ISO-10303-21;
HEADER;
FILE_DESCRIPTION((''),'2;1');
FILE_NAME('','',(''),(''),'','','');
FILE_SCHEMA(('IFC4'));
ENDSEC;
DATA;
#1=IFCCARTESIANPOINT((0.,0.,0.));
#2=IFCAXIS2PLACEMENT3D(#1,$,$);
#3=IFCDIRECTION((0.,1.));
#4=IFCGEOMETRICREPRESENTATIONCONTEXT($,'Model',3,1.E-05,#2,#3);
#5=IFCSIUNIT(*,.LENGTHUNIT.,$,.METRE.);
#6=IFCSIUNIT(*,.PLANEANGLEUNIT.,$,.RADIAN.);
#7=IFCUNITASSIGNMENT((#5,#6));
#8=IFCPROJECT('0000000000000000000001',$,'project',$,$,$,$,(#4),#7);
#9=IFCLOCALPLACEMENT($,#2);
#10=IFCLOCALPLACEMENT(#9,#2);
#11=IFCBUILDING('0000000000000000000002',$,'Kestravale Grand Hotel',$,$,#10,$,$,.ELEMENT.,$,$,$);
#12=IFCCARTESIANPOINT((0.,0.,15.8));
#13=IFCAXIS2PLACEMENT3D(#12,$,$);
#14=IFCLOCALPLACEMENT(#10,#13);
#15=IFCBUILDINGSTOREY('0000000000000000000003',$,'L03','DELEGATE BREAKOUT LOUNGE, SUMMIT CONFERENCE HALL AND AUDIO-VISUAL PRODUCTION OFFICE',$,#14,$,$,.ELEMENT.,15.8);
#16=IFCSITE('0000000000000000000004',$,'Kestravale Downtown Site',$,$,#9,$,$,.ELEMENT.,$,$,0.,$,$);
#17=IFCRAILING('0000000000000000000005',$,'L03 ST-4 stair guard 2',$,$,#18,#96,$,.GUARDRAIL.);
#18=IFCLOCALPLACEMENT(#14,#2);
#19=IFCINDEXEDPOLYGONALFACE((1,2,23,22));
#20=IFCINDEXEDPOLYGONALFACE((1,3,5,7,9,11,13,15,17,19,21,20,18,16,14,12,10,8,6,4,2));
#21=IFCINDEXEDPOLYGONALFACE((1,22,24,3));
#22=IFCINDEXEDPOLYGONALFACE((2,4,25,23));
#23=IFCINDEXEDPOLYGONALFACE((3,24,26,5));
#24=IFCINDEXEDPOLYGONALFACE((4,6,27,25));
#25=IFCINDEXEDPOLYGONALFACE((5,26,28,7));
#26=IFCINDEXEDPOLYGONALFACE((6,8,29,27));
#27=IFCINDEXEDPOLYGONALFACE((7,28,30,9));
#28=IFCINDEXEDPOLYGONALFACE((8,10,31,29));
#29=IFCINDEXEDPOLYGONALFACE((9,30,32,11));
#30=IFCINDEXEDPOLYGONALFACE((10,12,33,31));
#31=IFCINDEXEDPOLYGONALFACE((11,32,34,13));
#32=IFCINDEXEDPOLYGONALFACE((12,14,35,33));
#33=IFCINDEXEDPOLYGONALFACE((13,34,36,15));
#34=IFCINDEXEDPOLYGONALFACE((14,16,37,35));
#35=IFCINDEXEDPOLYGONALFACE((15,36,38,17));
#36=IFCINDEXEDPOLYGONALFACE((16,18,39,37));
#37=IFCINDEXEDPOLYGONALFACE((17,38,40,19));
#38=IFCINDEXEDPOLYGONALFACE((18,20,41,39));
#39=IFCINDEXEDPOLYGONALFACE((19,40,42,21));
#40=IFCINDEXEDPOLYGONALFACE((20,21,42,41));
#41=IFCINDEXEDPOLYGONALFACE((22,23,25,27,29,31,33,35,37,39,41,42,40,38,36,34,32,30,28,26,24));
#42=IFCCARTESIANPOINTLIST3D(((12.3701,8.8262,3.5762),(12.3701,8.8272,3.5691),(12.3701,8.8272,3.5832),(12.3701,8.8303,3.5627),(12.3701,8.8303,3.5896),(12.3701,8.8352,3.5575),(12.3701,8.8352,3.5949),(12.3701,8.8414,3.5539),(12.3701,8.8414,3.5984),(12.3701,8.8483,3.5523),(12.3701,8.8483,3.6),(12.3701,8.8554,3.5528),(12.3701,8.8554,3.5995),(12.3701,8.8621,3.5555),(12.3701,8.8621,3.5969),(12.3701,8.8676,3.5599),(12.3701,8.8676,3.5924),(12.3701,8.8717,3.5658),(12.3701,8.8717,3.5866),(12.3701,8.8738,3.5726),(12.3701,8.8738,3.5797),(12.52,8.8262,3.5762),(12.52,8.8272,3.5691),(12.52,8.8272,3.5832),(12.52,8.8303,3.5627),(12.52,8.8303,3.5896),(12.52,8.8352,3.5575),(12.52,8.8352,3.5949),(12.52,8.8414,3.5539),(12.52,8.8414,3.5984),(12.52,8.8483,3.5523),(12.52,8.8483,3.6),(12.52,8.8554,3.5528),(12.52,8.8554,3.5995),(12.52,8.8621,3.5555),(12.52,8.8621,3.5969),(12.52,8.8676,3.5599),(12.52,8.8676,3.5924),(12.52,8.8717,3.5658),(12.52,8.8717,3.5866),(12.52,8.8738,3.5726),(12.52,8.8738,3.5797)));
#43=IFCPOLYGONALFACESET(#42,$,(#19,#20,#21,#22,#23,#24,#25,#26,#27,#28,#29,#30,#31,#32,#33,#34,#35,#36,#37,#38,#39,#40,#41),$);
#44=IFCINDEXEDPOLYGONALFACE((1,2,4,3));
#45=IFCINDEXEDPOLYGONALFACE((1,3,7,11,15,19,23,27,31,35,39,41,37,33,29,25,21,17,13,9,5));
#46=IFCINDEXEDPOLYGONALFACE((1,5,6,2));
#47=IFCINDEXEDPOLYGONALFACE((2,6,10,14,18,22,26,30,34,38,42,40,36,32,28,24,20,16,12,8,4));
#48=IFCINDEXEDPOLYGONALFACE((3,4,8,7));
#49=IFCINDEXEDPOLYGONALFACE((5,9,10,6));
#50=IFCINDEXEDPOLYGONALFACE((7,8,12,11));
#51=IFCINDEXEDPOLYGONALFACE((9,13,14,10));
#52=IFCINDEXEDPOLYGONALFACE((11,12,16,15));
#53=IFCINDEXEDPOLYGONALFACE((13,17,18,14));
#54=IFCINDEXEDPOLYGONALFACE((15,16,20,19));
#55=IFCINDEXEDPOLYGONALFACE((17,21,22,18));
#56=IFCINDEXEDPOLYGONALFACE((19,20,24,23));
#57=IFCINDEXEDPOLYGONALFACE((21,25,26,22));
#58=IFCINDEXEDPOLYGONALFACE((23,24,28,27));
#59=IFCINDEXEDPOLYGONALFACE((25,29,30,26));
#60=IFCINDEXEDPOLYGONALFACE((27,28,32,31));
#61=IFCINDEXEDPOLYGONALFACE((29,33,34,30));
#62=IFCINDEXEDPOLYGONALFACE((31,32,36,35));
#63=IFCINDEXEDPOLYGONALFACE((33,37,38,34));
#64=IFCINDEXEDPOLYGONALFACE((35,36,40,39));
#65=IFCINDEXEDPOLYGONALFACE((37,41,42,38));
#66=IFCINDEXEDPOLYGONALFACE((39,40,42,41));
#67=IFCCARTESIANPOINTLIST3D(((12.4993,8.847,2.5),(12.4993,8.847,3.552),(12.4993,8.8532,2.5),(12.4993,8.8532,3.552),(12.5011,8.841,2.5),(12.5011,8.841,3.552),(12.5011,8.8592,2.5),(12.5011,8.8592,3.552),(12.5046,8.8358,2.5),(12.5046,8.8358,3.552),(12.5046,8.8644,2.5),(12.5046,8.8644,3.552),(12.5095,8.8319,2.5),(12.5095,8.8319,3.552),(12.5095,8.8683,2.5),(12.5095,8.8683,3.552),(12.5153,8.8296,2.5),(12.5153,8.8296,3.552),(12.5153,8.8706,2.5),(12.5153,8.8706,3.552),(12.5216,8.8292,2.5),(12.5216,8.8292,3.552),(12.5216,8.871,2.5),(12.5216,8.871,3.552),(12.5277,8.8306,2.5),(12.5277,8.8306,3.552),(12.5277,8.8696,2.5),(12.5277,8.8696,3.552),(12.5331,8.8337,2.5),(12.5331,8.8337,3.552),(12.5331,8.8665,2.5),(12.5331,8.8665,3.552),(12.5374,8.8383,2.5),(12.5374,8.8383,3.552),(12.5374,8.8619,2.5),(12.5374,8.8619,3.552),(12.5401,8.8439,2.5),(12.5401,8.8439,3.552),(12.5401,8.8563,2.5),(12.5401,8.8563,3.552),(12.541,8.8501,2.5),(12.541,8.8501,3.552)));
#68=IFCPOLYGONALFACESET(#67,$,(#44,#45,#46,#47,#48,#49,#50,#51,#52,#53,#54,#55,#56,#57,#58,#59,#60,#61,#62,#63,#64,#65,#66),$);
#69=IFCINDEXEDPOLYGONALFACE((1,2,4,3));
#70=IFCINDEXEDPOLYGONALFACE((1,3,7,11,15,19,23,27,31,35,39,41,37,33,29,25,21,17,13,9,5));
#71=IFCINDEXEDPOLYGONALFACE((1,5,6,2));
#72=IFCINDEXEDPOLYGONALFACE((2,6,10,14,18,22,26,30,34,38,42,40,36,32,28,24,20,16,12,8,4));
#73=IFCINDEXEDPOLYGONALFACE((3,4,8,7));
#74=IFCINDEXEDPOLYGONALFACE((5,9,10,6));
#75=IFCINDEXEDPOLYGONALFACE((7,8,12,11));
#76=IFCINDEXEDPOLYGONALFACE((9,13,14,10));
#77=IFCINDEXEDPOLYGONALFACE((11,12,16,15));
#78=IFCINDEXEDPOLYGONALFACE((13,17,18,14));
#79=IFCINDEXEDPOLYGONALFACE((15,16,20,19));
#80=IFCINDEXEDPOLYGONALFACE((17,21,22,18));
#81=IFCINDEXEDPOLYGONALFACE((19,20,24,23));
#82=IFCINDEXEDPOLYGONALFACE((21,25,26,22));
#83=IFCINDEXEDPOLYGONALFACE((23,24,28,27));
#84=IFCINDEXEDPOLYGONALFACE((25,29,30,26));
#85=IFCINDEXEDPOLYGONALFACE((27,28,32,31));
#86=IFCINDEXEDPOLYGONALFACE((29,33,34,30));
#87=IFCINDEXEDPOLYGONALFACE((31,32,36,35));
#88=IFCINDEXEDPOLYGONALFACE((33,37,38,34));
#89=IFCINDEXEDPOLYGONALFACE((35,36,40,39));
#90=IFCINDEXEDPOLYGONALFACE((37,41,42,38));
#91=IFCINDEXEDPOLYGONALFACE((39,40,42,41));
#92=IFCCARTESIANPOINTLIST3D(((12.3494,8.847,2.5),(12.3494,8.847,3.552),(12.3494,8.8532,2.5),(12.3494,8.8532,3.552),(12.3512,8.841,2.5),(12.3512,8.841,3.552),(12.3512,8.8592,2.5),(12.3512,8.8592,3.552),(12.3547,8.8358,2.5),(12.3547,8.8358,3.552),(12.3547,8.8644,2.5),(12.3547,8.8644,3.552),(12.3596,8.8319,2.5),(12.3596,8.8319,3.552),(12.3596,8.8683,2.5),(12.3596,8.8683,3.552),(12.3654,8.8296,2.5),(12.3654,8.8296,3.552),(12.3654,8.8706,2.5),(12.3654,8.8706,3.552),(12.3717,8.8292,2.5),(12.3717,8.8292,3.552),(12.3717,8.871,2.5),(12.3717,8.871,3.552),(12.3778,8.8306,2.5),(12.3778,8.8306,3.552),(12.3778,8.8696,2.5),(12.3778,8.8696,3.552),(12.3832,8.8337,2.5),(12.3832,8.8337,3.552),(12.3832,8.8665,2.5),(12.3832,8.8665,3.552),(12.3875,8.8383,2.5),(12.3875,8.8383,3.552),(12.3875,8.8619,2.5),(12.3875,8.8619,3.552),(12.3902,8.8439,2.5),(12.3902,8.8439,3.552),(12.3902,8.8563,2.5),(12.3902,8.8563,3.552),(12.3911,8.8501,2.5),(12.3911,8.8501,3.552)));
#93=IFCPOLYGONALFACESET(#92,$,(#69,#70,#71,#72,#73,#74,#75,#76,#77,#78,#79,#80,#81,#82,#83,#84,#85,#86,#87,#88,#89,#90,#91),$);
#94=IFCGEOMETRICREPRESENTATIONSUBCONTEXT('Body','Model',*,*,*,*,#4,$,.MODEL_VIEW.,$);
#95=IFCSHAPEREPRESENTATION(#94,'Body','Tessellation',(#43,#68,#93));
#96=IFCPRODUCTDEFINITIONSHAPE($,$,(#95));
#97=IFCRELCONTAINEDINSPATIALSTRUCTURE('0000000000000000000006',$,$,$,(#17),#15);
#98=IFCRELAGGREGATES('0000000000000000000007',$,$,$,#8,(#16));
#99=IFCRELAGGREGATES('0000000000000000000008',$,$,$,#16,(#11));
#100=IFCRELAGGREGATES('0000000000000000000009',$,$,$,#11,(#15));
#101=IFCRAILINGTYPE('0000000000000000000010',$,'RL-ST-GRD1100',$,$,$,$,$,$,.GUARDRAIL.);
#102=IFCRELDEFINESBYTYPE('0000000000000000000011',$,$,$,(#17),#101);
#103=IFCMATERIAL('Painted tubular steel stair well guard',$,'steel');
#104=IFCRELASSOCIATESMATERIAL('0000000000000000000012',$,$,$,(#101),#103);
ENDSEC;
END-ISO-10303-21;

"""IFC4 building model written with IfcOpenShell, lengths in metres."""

from ifc_helpers import new_model, si_unit, direction, frame, origin, origin_2d, place, context, subcontext, project, spatial, circle, extrude, material, type_object, element, save


model = new_model("IFC4")

# Units and contexts
model_context = context("Model", 3, precision=1e-05, world=origin(), true_north=direction((0.0, 1.0)))
body_context = subcontext(model_context, "Body", "Model", "MODEL_VIEW")
ifc_project = project(units=[si_unit("LENGTHUNIT", "METRE"), si_unit("PLANEANGLEUNIT", "RADIAN")], contexts=[model_context])

# Site, building, storey
site_placement = place(None, origin())
site = spatial("IfcSite", under=ifc_project, at=site_placement, Name="Kestravale Downtown Site", CompositionType="ELEMENT", RefElevation=0.0)
building_placement = place(site_placement, origin())
building = spatial("IfcBuilding", under=site, at=building_placement, Name="Kestravale Grand Hotel", CompositionType="ELEMENT")
storey_placement = place(building_placement, frame((0.0, 0.0, 15.8)))
storey = spatial("IfcBuildingStorey", under=building, at=storey_placement, Name="L03", Description="DELEGATE BREAKOUT LOUNGE, SUMMIT CONFERENCE HALL AND AUDIO-VISUAL PRODUCTION OFFICE", CompositionType="ELEMENT", Elevation=15.8)

# Railing
ifc_material_1 = material(Name="Painted tubular steel stair well guard", Category="steel")
railing_type_1 = type_object("IfcRailingType", Name="RL-ST-GRD1100", PredefinedType="GUARDRAIL", material=ifc_material_1)
railing_1_placement = place(storey_placement, frame((12.52, 8.8501, 2.5)))
element("IfcRailing", 1, at=railing_1_placement, inside=storey, type_object=railing_type_1, Name="L03 ST-4 stair guard 2", PredefinedType="GUARDRAIL", context=body_context, shape_type="SweptSolid", body=[
    extrude(circle(Radius=0.0239, at=origin_2d()), frame((0.0, 0.0, 1.0762), z_axis=(-1.0, 0.0, 0.0), x_axis=(0.0, -1.0, 0.0)), (0.0, 0.0, 1.0), 0.1499),
    extrude(circle(Radius=0.021, at=origin_2d()), origin(), (0.0, 0.0, 1.0), 1.052),
    extrude(circle(Radius=0.021, at=origin_2d()), frame((-0.1499, 0.0, 0.0)), (0.0, 0.0, 1.0), 1.052),
])

save(model, "model.ifc")
